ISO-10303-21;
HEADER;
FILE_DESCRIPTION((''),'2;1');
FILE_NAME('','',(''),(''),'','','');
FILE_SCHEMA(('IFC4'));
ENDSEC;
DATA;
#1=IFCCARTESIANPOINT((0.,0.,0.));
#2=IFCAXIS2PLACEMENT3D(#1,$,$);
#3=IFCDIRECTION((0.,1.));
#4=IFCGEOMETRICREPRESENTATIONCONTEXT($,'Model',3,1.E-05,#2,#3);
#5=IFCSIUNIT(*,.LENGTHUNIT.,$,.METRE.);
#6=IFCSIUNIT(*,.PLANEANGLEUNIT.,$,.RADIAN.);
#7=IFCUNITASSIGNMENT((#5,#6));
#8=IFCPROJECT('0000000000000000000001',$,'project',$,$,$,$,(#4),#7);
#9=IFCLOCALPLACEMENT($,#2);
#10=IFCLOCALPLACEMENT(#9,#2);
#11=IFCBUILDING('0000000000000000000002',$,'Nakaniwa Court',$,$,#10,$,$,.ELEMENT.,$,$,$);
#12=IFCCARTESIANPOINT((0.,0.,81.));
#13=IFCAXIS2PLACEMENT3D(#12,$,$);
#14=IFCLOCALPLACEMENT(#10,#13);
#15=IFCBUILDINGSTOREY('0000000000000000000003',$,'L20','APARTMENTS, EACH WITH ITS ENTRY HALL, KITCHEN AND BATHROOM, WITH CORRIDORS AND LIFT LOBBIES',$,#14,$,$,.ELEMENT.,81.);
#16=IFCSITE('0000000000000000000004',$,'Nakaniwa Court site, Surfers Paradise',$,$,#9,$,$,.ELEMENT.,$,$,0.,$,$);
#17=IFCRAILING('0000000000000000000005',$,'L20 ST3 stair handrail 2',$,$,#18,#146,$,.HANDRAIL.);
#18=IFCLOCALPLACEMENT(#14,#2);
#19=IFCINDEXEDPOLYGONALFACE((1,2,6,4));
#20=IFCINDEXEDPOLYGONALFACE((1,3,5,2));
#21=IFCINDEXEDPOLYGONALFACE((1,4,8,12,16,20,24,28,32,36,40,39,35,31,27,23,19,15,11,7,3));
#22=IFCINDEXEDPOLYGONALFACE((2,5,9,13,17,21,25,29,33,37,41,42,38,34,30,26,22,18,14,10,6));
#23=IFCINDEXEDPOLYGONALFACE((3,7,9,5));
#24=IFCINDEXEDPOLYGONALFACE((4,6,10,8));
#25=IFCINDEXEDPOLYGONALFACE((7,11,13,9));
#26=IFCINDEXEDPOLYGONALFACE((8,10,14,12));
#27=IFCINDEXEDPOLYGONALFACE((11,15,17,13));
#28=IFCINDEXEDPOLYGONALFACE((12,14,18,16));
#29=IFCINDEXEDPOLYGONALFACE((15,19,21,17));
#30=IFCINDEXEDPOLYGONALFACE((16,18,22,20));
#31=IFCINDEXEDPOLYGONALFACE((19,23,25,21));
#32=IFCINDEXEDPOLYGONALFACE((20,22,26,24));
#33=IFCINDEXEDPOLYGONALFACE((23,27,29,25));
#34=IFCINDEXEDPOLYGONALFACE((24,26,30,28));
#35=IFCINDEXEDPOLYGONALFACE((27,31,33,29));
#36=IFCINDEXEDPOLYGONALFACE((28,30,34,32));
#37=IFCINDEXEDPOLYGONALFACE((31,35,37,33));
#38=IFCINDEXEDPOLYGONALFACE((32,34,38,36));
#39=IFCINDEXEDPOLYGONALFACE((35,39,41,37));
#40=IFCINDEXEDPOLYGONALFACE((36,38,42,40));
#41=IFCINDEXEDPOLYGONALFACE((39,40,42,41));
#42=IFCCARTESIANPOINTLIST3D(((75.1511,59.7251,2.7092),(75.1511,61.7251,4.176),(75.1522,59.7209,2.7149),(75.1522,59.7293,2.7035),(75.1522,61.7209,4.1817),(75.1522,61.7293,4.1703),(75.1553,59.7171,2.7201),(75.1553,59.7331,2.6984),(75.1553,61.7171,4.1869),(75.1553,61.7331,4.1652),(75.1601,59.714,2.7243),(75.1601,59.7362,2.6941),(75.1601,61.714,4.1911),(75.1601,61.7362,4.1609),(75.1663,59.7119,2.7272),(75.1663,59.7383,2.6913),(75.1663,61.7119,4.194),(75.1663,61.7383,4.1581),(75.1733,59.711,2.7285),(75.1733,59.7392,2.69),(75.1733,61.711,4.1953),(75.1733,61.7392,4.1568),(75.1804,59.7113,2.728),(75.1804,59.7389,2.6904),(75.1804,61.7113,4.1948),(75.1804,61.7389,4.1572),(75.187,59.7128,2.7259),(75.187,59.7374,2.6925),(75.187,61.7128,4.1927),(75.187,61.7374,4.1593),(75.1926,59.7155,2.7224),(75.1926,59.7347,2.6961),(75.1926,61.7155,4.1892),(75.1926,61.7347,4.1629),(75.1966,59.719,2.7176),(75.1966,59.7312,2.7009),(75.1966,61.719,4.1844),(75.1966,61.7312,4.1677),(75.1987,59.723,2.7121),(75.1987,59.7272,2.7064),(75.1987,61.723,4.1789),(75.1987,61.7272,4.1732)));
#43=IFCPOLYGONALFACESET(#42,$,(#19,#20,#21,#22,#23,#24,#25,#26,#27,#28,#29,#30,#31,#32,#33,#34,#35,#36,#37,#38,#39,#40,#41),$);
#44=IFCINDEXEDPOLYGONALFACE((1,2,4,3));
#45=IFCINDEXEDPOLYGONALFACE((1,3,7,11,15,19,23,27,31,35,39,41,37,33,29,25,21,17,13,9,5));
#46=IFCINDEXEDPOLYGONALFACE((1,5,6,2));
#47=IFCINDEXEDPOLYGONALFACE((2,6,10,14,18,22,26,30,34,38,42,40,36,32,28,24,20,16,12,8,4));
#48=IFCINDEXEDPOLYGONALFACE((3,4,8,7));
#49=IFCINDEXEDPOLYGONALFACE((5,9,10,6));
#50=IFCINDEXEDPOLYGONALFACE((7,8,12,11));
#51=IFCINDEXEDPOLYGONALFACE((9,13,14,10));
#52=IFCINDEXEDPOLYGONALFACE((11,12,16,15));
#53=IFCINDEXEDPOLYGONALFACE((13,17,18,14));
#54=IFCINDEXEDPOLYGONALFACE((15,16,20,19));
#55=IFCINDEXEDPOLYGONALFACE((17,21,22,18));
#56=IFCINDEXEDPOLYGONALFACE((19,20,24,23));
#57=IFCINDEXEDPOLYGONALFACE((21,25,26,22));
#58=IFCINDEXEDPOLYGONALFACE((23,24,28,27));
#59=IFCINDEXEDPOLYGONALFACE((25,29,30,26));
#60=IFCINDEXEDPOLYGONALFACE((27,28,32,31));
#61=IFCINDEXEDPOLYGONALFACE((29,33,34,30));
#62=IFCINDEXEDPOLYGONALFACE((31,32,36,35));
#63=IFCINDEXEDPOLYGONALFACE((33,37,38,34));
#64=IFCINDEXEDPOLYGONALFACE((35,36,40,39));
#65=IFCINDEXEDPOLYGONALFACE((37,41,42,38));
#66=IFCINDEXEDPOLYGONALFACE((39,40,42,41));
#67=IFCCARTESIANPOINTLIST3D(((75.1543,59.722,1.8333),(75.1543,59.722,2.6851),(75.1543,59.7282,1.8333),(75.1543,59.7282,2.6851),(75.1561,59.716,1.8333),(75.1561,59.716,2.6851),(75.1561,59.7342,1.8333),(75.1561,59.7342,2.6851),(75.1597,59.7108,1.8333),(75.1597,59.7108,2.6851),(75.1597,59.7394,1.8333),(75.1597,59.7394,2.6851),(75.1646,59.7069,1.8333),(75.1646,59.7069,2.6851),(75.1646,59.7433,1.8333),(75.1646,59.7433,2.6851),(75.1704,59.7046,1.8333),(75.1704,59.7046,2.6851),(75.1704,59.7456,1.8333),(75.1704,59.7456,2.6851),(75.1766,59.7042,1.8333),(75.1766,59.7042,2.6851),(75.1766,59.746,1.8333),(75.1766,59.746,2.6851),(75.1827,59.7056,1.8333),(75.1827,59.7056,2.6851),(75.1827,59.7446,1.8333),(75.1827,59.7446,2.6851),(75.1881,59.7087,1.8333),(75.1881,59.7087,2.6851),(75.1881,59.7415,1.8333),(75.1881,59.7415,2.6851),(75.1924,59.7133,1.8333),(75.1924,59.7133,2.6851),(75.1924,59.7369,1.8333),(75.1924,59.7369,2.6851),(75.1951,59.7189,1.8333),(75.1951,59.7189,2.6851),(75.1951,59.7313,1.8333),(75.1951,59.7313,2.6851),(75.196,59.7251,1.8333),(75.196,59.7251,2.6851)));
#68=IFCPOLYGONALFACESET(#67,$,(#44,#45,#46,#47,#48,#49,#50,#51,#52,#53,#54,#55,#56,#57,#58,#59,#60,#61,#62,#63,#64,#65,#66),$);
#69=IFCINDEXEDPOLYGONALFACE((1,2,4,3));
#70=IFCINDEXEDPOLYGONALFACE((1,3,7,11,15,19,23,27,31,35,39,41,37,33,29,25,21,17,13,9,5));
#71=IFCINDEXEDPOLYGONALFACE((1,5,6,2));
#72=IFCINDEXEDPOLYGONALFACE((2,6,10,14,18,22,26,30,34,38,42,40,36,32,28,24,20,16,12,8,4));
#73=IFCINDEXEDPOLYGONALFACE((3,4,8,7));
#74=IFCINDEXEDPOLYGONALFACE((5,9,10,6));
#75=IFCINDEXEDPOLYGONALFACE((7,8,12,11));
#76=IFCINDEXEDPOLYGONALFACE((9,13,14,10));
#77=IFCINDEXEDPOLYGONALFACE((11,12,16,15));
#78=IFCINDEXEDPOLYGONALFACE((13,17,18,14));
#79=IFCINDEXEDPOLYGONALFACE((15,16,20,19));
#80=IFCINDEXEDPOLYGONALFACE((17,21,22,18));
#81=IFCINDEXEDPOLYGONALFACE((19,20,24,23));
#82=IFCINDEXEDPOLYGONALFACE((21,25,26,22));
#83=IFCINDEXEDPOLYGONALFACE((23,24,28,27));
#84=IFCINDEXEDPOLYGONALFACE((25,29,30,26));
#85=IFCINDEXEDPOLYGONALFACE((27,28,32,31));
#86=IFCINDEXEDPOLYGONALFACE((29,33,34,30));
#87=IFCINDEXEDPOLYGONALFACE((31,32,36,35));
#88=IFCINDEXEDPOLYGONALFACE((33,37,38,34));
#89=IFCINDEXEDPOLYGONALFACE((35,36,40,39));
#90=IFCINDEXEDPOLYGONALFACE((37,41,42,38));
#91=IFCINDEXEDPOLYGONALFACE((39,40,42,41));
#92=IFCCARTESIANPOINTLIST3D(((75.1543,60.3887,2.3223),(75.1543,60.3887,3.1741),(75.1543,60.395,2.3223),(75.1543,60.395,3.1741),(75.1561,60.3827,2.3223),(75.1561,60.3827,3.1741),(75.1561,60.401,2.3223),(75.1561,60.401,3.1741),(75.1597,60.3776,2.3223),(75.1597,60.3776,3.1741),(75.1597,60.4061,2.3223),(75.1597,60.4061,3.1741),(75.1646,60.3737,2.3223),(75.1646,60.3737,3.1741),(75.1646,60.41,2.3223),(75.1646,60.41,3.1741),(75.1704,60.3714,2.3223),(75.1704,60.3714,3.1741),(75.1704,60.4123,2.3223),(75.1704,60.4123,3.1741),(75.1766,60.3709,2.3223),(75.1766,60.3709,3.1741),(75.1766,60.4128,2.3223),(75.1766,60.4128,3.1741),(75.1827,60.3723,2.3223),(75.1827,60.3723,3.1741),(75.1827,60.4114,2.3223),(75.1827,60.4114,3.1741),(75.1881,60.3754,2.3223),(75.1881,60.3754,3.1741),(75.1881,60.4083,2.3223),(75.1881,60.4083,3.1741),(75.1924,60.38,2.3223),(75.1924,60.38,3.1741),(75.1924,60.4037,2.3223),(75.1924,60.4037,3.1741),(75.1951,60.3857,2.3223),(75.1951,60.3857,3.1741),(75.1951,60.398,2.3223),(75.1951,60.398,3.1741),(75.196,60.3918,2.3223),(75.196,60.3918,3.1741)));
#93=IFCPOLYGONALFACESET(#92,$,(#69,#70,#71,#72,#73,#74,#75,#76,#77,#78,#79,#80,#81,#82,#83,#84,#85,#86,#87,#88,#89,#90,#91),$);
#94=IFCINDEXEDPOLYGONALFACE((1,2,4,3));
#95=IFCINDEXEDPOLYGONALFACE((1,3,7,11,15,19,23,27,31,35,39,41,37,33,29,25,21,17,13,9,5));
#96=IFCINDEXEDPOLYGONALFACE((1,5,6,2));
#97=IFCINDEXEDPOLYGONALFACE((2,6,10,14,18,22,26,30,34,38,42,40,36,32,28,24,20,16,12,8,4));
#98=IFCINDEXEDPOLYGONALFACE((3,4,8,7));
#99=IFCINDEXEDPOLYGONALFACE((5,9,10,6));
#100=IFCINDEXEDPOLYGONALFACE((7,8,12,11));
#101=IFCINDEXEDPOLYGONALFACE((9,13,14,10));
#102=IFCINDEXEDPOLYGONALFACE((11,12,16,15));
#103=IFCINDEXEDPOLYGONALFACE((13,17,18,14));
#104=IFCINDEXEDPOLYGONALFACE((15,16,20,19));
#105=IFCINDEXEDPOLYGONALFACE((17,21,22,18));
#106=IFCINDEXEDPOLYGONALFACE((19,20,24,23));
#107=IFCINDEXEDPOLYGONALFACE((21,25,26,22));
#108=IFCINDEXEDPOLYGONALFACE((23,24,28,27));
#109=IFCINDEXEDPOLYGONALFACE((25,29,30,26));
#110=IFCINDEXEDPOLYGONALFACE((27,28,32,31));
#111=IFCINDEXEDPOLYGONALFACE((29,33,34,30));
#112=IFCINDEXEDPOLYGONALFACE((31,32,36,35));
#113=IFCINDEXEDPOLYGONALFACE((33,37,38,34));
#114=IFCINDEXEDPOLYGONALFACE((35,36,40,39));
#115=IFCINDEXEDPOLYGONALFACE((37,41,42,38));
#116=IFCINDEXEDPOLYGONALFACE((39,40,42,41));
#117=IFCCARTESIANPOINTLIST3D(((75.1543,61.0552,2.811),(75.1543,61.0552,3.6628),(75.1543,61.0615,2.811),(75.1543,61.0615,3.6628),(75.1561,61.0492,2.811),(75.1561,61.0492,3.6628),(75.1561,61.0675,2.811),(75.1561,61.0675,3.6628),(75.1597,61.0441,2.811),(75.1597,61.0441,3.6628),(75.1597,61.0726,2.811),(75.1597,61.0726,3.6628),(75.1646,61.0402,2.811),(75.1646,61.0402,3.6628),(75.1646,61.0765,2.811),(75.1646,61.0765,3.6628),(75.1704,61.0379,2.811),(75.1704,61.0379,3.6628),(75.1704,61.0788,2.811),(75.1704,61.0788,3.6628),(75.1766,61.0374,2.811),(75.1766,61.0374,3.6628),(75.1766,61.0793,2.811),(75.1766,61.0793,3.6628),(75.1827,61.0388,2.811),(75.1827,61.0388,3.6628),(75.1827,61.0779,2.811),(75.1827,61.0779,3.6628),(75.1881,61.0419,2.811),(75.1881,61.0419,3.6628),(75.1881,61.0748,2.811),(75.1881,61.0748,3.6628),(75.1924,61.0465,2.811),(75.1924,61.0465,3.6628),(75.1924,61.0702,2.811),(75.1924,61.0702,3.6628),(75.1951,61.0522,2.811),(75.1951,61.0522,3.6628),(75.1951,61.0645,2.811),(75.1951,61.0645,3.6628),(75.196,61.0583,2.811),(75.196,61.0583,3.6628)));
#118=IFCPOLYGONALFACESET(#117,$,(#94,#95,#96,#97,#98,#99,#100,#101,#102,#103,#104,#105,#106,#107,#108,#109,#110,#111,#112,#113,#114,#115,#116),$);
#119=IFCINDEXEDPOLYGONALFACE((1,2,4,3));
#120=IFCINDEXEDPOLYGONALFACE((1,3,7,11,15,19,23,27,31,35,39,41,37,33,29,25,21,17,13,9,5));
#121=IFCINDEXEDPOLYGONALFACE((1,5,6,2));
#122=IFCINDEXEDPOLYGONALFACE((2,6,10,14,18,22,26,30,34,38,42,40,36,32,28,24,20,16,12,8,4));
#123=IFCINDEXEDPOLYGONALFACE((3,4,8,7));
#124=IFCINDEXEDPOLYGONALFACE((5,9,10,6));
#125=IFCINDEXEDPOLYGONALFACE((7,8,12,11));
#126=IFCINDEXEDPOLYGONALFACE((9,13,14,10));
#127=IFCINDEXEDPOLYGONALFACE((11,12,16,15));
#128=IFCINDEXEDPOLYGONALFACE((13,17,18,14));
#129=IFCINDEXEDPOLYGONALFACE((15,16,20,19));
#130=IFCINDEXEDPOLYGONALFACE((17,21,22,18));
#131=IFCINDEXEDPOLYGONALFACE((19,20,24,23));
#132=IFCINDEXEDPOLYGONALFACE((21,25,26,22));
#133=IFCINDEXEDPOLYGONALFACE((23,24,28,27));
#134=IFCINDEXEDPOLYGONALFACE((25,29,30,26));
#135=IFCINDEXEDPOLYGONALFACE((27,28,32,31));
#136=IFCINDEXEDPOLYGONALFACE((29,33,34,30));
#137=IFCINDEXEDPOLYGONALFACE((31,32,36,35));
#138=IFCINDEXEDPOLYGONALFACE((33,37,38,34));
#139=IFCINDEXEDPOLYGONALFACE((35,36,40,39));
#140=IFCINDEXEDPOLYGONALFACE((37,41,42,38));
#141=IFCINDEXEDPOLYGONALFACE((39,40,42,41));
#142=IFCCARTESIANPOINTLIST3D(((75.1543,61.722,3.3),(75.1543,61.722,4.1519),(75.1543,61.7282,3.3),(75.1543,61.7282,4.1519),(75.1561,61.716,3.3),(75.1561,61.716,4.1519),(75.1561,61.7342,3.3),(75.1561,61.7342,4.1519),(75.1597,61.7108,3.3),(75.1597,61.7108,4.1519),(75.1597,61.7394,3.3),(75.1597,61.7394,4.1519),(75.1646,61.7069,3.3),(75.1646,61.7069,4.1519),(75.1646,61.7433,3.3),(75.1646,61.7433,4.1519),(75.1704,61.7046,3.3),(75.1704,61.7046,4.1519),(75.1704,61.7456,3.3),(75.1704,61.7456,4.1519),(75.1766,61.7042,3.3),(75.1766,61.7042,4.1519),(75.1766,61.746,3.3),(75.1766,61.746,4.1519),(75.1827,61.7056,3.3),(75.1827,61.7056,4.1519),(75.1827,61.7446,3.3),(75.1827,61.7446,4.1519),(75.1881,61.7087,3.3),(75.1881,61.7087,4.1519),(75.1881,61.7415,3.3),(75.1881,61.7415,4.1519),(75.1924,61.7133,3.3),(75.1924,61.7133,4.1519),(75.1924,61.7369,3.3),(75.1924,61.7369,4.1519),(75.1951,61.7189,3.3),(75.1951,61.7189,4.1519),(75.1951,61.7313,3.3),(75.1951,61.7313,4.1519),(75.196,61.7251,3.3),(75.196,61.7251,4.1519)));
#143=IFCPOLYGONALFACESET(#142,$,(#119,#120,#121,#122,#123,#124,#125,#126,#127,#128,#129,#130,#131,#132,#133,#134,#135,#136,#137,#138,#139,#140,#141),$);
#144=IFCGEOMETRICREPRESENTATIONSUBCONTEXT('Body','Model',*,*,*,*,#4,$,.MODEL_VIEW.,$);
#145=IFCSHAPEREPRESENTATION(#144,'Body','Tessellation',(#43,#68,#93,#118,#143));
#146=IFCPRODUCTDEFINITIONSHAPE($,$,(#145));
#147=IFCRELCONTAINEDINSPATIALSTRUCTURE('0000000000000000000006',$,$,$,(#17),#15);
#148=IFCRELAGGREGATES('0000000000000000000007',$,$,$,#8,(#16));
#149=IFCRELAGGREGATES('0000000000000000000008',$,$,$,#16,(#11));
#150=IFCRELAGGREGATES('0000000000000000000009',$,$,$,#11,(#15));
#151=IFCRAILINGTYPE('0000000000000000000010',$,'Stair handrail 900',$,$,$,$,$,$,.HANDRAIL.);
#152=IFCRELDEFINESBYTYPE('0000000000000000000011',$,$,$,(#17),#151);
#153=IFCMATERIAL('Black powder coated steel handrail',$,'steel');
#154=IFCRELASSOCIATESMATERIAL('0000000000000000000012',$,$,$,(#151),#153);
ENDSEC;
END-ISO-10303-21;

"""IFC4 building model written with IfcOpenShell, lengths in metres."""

from ifc_helpers import new_model, si_unit, direction, frame, origin, origin_2d, place, context, subcontext, project, spatial, circle, extrude, material, type_object, element, save


model = new_model("IFC4")

# Units and contexts
model_context = context("Model", 3, precision=1e-05, world=origin(), true_north=direction((0.0, 1.0)))
body_context = subcontext(model_context, "Body", "Model", "MODEL_VIEW")
ifc_project = project(units=[si_unit("LENGTHUNIT", "METRE"), si_unit("PLANEANGLEUNIT", "RADIAN")], contexts=[model_context])

# Site, building, storey
site_placement = place(None, origin())
site = spatial("IfcSite", under=ifc_project, at=site_placement, Name="Nakaniwa Court site, Surfers Paradise", CompositionType="ELEMENT", RefElevation=0.0)
building_placement = place(site_placement, origin())
building = spatial("IfcBuilding", under=site, at=building_placement, Name="Nakaniwa Court", CompositionType="ELEMENT")
storey_placement = place(building_placement, frame((0.0, 0.0, 81.0)))
storey = spatial("IfcBuildingStorey", under=building, at=storey_placement, Name="L20", Description="APARTMENTS, EACH WITH ITS ENTRY HALL, KITCHEN AND BATHROOM, WITH CORRIDORS AND LIFT LOBBIES", CompositionType="ELEMENT", Elevation=81.0)

# Railing
ifc_material_1 = material(Name="Black powder coated steel handrail", Category="steel")
railing_type_1 = type_object("IfcRailingType", Name="Stair handrail 900", PredefinedType="HANDRAIL", material=ifc_material_1)
railing_1_placement = place(storey_placement, frame((75.175, 59.7251, 1.8333)))
element("IfcRailing", 1, at=railing_1_placement, inside=storey, type_object=railing_type_1, Name="L20 ST3 stair handrail 2", PredefinedType="HANDRAIL", context=body_context, shape_type="SweptSolid", body=[
    extrude(circle(Radius=0.0239, at=origin_2d()), frame((0.0, 0.0, 0.876), z_axis=(0.0, 0.80638, 0.591398), x_axis=(-1.0, 0.0, 0.0)), (0.0, 0.0, 1.0), 2.4802),
    extrude(circle(Radius=0.021, at=origin_2d()), origin(), (0.0, 0.0, 1.0), 0.8518),
    extrude(circle(Radius=0.021, at=origin_2d()), frame((0.0, 0.6667, 0.489)), (0.0, 0.0, 1.0), 0.8518),
    extrude(circle(Radius=0.021, at=origin_2d()), frame((0.0, 1.3333, 0.9778)), (0.0, 0.0, 1.0), 0.8518),
    extrude(circle(Radius=0.021, at=origin_2d()), frame((0.0, 2.0, 1.4668)), (0.0, 0.0, 1.0), 0.8518),
])

save(model, "model.ifc")
